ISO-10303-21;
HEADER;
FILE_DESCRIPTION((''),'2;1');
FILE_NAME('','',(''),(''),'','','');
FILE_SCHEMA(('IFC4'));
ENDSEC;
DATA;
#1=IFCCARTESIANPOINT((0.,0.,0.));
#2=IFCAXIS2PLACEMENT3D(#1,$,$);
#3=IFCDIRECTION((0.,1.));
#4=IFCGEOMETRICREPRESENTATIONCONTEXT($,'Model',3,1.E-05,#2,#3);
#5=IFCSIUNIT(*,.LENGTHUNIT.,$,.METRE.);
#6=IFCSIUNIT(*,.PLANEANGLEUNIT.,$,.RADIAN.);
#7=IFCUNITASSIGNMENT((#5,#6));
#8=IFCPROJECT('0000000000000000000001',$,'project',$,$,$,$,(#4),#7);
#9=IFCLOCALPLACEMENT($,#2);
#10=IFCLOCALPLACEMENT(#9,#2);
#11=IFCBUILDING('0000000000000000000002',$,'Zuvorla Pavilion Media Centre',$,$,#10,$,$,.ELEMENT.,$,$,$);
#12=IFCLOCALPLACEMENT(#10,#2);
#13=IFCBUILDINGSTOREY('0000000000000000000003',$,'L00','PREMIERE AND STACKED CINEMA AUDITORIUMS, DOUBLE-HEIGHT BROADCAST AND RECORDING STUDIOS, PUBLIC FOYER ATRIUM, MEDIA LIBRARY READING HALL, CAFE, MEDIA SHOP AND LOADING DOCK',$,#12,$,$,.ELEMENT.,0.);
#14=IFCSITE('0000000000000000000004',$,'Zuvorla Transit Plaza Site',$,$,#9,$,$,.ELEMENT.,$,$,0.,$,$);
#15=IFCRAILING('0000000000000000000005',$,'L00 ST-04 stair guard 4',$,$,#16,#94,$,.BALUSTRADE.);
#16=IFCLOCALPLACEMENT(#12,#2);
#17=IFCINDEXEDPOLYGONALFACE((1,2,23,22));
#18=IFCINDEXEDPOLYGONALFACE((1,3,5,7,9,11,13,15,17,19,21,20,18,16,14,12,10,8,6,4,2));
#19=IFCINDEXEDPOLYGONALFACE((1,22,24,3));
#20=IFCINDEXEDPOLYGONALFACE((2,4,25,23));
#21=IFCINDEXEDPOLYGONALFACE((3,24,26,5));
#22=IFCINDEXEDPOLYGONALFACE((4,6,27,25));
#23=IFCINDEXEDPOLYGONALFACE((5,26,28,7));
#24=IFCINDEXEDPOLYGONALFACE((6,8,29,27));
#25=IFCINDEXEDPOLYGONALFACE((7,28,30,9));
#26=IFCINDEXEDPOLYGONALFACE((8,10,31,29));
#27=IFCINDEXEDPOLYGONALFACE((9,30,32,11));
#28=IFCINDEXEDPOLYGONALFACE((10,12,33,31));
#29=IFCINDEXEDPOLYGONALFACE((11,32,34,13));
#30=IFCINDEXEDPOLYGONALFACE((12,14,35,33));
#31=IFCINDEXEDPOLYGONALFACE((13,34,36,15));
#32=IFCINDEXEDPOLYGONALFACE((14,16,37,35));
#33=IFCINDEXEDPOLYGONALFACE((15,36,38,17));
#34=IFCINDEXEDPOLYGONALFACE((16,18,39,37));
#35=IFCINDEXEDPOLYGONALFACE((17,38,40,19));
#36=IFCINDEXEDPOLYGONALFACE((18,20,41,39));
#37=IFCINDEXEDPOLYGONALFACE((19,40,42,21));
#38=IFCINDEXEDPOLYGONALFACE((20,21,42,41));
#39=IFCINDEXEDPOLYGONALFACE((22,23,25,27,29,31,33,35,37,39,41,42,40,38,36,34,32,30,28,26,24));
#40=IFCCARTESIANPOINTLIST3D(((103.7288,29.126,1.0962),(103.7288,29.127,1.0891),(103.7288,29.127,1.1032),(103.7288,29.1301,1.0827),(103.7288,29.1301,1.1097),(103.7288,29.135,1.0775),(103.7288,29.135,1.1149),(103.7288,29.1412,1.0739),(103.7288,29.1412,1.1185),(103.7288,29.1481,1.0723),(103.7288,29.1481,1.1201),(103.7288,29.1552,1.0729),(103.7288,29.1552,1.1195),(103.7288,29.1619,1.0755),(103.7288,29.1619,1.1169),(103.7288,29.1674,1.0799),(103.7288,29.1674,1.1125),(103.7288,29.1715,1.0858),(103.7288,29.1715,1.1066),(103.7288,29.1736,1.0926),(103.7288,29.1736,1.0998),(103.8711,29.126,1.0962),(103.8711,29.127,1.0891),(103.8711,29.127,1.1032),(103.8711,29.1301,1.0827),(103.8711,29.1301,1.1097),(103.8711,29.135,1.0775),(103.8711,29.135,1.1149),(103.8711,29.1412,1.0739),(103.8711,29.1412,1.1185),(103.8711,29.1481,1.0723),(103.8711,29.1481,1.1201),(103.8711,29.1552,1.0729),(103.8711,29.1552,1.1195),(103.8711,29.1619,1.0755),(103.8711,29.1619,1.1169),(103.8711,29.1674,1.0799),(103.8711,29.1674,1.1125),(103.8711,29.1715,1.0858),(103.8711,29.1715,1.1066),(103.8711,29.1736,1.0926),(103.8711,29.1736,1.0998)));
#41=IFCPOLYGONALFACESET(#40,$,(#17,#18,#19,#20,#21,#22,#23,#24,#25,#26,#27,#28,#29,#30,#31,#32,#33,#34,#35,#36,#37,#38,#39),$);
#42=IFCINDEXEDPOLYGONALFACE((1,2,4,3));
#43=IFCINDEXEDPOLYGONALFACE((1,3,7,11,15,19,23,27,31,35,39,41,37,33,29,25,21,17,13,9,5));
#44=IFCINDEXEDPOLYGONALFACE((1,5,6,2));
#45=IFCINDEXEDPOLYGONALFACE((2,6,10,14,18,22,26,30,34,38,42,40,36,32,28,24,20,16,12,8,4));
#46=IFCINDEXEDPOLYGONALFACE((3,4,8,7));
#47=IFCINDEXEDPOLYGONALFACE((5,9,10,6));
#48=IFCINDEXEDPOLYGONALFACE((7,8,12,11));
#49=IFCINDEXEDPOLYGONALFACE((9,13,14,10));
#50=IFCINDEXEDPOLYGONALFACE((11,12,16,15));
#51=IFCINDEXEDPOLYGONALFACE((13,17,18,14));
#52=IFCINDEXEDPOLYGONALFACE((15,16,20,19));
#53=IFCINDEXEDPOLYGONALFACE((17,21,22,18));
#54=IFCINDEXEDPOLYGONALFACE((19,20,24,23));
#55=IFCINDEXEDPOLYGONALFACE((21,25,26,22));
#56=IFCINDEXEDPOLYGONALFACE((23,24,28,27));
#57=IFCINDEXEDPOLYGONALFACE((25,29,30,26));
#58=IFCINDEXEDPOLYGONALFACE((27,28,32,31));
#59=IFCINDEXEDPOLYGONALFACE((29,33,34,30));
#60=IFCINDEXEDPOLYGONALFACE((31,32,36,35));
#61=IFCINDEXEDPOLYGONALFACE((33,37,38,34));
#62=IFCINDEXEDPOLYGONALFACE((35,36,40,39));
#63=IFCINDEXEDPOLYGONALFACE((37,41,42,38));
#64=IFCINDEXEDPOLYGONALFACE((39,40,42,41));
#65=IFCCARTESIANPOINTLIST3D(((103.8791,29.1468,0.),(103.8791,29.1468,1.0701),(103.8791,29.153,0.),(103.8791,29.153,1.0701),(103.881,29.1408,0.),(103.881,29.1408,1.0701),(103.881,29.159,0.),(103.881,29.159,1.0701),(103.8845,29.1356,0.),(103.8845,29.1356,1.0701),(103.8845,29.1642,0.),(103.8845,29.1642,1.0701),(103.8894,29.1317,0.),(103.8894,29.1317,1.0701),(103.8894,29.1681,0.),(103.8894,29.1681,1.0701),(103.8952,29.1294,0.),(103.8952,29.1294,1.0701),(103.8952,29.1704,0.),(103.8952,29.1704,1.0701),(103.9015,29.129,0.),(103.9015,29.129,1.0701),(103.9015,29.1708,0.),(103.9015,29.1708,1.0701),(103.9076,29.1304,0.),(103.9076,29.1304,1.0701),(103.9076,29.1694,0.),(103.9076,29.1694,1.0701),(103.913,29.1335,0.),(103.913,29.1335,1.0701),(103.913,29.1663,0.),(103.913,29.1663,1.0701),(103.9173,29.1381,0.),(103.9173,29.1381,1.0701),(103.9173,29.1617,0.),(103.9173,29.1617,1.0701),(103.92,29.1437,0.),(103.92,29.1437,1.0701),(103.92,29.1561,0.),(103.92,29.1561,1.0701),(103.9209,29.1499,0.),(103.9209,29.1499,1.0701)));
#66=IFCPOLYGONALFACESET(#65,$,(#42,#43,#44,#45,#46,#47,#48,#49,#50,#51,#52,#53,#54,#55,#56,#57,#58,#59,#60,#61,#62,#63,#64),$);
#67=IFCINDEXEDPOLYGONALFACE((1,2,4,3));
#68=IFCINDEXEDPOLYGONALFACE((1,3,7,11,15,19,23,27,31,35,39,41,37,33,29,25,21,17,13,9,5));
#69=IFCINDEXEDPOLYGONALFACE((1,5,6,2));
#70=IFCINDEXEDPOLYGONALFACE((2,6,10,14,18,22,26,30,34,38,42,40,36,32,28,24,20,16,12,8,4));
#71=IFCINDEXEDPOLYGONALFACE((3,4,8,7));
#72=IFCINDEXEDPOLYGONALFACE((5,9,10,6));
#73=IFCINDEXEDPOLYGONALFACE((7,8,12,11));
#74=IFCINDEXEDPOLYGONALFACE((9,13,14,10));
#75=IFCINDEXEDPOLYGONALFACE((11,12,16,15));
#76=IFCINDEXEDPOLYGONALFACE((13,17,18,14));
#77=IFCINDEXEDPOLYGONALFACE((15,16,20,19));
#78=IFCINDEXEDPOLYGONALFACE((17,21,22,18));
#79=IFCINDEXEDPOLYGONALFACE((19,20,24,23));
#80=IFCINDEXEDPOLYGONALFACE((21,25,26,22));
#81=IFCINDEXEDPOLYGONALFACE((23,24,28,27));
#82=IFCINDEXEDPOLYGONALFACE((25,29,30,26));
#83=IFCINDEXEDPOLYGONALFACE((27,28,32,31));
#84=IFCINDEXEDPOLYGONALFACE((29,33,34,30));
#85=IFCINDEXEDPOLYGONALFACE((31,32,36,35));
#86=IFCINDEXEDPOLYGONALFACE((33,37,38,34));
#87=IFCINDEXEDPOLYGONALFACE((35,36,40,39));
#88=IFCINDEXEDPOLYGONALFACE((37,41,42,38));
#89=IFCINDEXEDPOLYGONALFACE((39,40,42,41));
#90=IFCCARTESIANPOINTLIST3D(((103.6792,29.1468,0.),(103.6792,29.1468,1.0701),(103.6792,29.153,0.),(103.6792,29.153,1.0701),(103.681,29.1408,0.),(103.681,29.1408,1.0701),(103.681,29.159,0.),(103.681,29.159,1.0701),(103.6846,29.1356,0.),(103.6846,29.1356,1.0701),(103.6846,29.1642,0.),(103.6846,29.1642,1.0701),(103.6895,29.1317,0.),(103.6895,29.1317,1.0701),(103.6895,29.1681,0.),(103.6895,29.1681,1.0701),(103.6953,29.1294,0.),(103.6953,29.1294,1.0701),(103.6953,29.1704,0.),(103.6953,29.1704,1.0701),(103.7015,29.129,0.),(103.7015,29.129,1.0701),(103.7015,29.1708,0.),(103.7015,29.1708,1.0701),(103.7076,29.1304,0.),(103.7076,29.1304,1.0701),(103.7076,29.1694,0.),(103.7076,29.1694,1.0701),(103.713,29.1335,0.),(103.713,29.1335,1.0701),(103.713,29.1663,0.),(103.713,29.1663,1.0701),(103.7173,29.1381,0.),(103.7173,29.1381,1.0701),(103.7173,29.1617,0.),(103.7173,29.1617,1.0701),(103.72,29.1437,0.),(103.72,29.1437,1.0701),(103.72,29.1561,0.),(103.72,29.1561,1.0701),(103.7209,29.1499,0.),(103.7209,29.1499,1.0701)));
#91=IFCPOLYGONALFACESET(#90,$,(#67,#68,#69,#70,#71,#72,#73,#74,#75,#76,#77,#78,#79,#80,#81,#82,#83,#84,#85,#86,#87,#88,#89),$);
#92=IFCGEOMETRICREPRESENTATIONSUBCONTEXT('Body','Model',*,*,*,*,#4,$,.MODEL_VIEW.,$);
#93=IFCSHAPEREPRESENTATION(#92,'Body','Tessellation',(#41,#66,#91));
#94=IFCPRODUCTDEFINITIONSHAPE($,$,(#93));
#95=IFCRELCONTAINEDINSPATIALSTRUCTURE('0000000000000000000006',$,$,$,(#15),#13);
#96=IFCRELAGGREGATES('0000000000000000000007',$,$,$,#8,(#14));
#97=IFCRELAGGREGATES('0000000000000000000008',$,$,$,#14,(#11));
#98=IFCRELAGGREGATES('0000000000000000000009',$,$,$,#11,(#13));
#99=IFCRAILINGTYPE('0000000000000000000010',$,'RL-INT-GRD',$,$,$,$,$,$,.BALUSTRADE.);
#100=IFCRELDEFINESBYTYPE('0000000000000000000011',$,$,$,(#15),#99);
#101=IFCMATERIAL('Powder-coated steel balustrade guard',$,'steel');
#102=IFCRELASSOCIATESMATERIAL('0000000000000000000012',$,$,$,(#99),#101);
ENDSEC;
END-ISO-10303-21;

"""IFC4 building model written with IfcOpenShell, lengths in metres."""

from ifc_helpers import new_model, si_unit, direction, frame, origin, origin_2d, place, context, subcontext, project, spatial, circle, extrude, material, type_object, element, save


model = new_model("IFC4")

# Units and contexts
model_context = context("Model", 3, precision=1e-05, world=origin(), true_north=direction((0.0, 1.0)))
body_context = subcontext(model_context, "Body", "Model", "MODEL_VIEW")
ifc_project = project(units=[si_unit("LENGTHUNIT", "METRE"), si_unit("PLANEANGLEUNIT", "RADIAN")], contexts=[model_context])

# Site, building, storey
site_placement = place(None, origin())
site = spatial("IfcSite", under=ifc_project, at=site_placement, Name="Zuvorla Transit Plaza Site", CompositionType="ELEMENT", RefElevation=0.0)
building_placement = place(site_placement, origin())
building = spatial("IfcBuilding", under=site, at=building_placement, Name="Zuvorla Pavilion Media Centre", CompositionType="ELEMENT")
storey_placement = place(building_placement, origin())
storey = spatial("IfcBuildingStorey", under=building, at=storey_placement, Name="L00", Description="PREMIERE AND STACKED CINEMA AUDITORIUMS, DOUBLE-HEIGHT BROADCAST AND RECORDING STUDIOS, PUBLIC FOYER ATRIUM, MEDIA LIBRARY READING HALL, CAFE, MEDIA SHOP AND LOADING DOCK", CompositionType="ELEMENT", Elevation=0.0)

# Railing
ifc_material_1 = material(Name="Powder-coated steel balustrade guard", Category="steel")
railing_type_1 = type_object("IfcRailingType", Name="RL-INT-GRD", PredefinedType="BALUSTRADE", material=ifc_material_1)
railing_1_placement = place(storey_placement, frame((103.8999, 29.1499, 0.0)))
element("IfcRailing", 1, at=railing_1_placement, inside=storey, type_object=railing_type_1, Name="L00 ST-04 stair guard 4", PredefinedType="BALUSTRADE", context=body_context, shape_type="SweptSolid", body=[
    extrude(circle(Radius=0.0239, at=origin_2d()), frame((-0.0288, 0.0, 1.0962), z_axis=(-1.0, 0.0, 0.0), x_axis=(0.0, -1.0, 0.0)), (0.0, 0.0, 1.0), 0.1423),
    extrude(circle(Radius=0.021, at=origin_2d()), origin(), (0.0, 0.0, 1.0), 1.0701),
    extrude(circle(Radius=0.021, at=origin_2d()), frame((-0.2, 0.0, 0.0)), (0.0, 0.0, 1.0), 1.0701),
])

save(model, "model.ifc")
